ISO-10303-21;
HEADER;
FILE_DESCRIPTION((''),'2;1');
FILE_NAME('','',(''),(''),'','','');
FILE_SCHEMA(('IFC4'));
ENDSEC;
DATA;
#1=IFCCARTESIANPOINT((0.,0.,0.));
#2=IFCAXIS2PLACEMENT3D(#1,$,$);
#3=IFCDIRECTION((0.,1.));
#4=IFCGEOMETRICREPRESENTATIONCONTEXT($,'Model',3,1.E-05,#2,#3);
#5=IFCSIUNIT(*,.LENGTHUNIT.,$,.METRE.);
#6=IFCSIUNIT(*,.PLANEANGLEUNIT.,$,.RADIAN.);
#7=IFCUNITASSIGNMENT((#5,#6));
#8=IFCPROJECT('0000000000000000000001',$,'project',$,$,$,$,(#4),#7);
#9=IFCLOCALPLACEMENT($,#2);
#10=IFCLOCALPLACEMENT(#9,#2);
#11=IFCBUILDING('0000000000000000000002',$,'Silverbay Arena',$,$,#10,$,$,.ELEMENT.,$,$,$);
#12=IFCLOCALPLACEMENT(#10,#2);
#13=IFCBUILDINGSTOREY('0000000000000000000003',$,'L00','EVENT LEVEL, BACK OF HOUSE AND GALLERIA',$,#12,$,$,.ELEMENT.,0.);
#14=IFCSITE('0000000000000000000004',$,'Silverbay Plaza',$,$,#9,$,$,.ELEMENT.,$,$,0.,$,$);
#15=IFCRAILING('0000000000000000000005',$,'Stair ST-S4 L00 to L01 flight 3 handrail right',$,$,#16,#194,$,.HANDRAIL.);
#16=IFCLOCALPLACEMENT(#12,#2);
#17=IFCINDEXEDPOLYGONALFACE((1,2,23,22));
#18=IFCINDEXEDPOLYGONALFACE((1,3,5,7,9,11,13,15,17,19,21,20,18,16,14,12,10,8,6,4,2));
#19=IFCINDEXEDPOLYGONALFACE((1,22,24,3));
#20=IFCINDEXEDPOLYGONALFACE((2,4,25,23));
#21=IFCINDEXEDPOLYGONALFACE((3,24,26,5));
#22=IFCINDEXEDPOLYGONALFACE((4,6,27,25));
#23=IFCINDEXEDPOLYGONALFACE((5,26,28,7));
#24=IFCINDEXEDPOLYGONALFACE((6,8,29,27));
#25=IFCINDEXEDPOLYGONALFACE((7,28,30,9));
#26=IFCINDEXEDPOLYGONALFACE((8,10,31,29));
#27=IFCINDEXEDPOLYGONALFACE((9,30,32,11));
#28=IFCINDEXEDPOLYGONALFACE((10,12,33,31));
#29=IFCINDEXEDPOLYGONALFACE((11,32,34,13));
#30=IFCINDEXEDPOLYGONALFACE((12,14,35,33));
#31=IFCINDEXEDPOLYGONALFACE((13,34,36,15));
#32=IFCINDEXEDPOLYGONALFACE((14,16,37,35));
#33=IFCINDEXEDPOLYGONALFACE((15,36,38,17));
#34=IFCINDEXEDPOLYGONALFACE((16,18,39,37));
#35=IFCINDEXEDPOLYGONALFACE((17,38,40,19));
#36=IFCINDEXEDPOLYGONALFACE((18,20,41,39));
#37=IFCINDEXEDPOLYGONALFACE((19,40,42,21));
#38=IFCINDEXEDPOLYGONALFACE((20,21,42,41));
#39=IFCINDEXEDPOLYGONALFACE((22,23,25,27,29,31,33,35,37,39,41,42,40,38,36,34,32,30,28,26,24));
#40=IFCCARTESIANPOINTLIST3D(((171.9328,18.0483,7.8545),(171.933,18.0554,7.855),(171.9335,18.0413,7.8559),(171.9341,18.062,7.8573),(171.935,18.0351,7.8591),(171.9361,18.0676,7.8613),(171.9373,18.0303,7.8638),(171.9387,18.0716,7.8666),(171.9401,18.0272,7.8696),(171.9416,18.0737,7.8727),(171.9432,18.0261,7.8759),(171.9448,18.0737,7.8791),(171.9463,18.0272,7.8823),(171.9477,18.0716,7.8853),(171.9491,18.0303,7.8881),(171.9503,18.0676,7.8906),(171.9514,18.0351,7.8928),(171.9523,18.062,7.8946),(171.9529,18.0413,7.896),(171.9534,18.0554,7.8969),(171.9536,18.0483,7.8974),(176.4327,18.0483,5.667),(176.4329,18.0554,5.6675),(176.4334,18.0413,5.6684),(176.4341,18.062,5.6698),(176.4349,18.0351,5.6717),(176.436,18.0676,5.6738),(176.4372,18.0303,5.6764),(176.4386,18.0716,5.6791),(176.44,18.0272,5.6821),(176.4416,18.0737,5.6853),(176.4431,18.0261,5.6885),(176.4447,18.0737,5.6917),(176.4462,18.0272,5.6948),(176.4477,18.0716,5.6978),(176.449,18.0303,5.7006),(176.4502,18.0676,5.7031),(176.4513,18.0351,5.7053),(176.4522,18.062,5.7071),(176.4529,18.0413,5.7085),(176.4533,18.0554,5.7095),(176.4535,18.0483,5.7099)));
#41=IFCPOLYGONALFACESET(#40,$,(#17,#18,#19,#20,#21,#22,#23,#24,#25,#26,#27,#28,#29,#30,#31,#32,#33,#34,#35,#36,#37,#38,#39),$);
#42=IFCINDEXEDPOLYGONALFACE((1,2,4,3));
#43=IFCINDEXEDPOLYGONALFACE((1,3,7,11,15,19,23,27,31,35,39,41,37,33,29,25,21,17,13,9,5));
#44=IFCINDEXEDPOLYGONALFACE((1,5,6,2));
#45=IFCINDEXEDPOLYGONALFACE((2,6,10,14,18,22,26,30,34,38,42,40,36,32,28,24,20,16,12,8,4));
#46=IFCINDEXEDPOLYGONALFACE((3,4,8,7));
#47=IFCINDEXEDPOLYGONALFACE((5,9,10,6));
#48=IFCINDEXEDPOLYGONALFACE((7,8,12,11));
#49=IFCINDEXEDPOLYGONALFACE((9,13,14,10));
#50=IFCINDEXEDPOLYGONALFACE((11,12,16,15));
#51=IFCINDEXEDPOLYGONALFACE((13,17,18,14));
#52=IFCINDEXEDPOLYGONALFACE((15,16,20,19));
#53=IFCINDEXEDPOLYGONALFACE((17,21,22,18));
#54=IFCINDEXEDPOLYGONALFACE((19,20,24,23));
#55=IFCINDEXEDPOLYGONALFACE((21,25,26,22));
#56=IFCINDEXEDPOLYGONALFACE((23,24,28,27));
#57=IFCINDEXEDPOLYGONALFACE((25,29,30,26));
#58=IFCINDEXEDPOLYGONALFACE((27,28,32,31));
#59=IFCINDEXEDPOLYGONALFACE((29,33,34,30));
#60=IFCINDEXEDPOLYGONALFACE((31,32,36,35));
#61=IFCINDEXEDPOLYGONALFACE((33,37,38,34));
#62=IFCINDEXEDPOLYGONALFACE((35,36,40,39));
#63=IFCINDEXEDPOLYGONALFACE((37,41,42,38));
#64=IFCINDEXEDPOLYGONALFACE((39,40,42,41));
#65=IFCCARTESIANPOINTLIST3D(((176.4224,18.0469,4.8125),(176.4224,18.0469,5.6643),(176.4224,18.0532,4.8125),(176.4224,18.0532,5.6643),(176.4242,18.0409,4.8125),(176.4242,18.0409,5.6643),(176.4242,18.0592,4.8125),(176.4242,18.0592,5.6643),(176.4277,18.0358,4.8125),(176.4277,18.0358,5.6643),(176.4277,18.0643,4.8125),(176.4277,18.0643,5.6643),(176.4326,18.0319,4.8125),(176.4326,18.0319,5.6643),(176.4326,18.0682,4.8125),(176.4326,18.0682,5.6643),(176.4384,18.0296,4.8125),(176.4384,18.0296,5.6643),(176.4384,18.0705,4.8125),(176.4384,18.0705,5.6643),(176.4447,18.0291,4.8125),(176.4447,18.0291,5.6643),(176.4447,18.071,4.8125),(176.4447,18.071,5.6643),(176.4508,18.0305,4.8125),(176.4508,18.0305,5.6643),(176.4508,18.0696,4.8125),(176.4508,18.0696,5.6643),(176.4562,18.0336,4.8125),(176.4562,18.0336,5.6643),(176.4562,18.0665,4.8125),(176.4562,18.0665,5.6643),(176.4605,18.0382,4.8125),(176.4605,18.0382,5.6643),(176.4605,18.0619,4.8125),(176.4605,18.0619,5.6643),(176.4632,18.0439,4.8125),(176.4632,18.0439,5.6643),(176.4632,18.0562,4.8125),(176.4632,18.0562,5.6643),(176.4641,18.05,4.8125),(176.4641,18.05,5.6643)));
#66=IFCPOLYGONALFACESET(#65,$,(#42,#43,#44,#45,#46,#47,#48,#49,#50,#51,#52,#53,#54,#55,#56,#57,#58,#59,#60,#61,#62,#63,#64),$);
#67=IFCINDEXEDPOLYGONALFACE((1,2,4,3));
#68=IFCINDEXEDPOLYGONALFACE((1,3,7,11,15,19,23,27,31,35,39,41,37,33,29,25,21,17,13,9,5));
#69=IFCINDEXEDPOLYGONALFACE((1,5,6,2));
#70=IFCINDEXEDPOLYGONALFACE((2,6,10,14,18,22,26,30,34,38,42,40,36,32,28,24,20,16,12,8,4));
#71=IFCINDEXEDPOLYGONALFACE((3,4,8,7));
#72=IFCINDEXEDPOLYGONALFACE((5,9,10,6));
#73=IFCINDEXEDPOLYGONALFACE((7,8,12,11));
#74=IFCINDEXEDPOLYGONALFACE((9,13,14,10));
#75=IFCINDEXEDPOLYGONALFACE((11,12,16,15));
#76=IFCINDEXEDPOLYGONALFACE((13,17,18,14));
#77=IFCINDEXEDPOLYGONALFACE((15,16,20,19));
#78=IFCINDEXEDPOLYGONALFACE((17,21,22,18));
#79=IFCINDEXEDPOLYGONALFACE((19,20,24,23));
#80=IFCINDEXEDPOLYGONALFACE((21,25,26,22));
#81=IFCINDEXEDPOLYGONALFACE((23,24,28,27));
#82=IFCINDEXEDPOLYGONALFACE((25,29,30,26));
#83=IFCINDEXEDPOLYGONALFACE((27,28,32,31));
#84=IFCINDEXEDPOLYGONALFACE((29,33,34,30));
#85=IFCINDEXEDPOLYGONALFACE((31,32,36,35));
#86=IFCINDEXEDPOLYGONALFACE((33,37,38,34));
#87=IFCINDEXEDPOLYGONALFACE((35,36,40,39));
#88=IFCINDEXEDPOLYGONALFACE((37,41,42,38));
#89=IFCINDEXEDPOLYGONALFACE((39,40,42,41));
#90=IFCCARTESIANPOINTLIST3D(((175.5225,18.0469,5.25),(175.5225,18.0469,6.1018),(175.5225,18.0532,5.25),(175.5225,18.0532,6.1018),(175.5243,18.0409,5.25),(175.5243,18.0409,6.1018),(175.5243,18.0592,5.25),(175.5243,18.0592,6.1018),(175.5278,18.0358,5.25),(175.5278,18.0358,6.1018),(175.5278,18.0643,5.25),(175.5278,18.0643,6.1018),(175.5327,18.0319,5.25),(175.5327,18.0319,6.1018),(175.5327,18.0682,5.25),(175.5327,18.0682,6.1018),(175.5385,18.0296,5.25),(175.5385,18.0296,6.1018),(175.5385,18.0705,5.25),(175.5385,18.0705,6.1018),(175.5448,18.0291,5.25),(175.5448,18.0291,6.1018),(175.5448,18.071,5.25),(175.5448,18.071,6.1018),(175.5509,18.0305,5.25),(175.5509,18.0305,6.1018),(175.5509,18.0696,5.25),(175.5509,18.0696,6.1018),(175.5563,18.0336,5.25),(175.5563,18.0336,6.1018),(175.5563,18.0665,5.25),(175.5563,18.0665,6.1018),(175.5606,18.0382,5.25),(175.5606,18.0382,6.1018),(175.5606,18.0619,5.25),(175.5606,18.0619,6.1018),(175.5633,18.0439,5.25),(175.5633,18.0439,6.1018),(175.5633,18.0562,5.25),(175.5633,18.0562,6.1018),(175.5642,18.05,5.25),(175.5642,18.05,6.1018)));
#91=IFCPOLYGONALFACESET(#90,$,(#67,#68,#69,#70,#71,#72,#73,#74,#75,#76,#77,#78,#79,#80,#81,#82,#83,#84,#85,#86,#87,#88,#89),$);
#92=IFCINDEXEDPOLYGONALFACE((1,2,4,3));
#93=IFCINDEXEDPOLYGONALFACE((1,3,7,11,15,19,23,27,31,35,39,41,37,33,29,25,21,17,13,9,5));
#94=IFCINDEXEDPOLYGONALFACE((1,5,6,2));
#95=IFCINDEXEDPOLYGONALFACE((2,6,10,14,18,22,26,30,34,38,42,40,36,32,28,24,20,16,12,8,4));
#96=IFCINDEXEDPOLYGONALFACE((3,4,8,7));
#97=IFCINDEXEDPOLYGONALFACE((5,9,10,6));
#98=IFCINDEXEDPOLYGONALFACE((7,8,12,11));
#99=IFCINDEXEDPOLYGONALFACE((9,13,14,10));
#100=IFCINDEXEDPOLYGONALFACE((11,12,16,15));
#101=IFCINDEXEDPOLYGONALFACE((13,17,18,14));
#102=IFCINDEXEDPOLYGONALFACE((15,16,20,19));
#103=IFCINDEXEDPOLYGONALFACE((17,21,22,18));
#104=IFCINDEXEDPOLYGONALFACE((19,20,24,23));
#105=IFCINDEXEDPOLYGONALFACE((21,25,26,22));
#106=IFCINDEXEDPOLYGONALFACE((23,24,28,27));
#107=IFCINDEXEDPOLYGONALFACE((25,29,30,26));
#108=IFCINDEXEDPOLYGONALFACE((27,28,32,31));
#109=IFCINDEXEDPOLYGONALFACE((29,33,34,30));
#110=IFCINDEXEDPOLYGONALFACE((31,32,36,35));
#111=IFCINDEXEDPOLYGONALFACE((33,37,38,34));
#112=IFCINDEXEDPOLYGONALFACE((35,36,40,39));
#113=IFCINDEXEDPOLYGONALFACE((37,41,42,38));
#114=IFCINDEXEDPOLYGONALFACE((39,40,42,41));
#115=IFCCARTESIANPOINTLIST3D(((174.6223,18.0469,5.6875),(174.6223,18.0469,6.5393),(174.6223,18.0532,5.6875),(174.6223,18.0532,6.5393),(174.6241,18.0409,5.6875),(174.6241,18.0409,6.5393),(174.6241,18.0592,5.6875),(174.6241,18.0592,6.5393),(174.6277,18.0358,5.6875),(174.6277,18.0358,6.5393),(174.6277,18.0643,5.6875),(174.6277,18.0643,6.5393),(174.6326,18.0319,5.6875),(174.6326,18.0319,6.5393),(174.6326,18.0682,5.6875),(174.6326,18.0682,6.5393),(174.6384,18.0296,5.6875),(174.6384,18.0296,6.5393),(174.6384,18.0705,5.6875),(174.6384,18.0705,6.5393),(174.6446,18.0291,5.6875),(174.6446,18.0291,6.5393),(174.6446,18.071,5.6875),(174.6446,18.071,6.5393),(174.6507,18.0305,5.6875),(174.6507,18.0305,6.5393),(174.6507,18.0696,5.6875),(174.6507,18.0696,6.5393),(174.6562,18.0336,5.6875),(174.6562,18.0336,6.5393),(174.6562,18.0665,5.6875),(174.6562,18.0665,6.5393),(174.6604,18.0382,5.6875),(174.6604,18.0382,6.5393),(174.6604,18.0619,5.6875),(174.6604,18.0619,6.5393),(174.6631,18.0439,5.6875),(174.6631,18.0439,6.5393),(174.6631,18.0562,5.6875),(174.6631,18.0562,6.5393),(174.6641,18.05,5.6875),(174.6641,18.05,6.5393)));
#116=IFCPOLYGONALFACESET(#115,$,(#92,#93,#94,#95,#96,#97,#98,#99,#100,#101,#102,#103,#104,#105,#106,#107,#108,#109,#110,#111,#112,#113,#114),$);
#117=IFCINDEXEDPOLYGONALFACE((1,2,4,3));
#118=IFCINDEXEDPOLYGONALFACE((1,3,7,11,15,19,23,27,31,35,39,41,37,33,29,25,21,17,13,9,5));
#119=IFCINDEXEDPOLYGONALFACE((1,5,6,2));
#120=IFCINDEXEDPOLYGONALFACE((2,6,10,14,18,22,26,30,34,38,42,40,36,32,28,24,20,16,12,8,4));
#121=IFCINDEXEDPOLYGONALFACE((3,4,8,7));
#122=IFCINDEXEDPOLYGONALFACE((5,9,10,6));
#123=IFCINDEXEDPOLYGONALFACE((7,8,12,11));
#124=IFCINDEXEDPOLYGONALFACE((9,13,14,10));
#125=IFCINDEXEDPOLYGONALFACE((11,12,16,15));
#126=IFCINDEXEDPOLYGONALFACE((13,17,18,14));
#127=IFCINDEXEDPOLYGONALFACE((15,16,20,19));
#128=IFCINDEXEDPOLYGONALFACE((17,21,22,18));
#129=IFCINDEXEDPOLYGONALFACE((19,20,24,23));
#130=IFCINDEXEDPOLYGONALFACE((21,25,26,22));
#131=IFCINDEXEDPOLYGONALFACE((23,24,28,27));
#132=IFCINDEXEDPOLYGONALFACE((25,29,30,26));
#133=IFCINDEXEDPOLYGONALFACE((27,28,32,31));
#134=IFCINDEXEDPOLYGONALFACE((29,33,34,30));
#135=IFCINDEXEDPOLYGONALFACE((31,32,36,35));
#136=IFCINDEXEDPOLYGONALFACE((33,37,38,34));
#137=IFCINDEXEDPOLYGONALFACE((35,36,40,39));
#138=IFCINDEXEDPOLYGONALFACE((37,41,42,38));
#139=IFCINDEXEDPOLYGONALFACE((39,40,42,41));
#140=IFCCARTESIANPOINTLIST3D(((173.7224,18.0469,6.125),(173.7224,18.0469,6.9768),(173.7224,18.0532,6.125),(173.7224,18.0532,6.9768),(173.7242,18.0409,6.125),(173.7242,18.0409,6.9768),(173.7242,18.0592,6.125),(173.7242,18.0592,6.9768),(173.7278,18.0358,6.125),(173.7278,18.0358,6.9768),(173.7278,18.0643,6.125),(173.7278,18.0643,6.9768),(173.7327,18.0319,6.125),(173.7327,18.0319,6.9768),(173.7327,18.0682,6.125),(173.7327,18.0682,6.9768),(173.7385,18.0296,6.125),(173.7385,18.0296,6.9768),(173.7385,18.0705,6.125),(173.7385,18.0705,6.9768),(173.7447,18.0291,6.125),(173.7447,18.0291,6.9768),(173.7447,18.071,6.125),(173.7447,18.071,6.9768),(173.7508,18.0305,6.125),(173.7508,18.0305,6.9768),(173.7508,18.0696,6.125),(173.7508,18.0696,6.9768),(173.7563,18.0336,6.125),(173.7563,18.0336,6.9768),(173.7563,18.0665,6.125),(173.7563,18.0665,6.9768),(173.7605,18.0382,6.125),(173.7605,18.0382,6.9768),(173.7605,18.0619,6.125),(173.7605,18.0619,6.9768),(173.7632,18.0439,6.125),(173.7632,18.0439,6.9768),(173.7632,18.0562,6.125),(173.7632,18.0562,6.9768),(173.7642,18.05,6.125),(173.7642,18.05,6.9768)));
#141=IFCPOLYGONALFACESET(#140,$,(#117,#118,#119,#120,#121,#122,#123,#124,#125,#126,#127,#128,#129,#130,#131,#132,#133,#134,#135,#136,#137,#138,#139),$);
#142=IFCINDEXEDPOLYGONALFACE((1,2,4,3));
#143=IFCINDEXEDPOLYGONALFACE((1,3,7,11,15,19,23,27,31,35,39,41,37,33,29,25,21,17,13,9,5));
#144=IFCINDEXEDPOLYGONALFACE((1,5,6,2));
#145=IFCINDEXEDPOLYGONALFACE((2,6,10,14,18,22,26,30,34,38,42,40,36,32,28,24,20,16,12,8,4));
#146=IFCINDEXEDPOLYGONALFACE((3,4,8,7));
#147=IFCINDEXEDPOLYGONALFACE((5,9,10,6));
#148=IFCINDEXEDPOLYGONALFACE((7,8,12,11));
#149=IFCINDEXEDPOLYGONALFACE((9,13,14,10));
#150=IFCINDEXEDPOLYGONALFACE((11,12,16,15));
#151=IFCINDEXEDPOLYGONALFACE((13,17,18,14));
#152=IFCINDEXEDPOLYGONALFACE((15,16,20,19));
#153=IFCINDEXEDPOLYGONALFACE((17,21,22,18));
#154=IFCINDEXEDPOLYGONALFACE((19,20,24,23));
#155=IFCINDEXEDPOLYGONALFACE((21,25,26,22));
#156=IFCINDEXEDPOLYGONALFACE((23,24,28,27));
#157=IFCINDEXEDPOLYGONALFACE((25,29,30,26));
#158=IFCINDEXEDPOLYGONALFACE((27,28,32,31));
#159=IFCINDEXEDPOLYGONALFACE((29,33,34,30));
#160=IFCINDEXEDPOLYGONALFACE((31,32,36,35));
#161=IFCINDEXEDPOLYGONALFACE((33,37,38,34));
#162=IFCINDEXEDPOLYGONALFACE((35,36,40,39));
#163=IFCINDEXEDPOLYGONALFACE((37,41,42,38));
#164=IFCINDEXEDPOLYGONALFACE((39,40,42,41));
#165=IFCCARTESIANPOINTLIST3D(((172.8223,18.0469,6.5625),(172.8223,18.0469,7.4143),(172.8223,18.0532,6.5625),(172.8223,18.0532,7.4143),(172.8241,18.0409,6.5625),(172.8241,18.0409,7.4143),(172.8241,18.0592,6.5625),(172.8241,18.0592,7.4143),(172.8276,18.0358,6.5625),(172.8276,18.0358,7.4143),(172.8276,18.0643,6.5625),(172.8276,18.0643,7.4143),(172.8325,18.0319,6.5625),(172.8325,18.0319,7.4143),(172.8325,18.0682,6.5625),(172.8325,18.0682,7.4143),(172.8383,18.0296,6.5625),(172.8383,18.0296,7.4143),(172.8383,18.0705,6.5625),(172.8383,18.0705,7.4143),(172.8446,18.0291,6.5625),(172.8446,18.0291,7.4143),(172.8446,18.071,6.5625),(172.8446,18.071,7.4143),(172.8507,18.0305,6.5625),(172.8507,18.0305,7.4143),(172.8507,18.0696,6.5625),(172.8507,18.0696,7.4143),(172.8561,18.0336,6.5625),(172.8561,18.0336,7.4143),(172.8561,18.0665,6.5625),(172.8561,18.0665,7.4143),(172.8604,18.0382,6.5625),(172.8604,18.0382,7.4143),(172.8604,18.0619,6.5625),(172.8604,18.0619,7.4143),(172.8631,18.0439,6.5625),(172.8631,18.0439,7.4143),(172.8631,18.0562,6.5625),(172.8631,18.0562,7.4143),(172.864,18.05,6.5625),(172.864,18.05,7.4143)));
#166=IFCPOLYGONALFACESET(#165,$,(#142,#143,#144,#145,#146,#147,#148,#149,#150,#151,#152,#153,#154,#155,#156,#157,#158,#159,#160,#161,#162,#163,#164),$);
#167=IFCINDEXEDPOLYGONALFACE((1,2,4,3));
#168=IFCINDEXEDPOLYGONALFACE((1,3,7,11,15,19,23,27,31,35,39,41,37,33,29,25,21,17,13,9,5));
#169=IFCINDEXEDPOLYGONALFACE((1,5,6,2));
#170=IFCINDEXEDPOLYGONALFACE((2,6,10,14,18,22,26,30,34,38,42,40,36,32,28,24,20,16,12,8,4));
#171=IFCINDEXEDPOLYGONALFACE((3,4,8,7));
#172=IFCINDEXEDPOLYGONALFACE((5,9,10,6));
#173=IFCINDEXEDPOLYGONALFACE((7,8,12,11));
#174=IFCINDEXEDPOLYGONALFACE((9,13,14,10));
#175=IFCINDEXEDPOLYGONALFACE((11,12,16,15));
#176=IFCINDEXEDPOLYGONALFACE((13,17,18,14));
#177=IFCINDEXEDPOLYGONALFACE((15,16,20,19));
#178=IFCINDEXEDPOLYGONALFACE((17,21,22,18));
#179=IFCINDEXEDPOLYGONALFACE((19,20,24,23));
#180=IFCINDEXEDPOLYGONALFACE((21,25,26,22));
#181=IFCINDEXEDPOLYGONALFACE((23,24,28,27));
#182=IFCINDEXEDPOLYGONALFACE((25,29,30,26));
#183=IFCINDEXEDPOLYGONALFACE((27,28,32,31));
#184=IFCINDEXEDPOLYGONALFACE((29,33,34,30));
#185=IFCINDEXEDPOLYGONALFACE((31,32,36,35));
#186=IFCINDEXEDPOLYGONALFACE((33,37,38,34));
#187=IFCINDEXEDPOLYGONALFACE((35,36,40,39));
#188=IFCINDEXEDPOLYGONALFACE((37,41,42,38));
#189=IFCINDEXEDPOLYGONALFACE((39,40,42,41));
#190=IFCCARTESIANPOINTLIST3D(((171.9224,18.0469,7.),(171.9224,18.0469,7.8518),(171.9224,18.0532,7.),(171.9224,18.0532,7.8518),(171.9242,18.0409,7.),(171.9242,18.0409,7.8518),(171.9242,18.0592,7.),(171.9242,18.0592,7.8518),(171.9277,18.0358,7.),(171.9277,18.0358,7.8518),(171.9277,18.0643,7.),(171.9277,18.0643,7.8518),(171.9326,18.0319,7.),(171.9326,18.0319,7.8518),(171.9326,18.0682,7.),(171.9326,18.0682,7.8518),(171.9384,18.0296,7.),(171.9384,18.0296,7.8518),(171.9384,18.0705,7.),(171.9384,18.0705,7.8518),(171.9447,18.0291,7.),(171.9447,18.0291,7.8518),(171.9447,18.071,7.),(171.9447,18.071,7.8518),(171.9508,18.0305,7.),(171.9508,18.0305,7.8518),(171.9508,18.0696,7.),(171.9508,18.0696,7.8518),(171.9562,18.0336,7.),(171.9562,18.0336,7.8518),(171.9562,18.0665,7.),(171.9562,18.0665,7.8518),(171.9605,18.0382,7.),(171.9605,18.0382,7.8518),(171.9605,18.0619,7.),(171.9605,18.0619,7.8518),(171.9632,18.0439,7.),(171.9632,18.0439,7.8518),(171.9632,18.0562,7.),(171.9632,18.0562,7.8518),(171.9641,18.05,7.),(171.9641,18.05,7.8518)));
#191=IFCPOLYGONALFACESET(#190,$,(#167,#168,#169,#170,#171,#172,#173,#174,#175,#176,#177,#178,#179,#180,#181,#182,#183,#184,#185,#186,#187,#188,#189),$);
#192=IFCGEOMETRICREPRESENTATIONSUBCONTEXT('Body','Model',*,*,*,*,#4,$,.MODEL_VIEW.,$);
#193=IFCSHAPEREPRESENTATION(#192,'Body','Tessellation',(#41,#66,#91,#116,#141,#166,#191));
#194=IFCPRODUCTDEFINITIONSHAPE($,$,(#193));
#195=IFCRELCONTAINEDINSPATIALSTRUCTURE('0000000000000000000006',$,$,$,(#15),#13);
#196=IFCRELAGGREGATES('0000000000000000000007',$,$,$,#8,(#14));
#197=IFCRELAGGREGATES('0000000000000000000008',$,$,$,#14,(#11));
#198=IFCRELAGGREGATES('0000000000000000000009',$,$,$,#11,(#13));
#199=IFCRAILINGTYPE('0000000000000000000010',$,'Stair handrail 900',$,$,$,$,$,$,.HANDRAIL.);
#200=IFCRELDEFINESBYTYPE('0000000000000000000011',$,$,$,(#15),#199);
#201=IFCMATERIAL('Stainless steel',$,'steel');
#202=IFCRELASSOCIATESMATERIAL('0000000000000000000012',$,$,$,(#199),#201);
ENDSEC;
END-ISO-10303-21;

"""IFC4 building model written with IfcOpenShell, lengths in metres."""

from ifc_helpers import new_model, si_unit, direction, frame, origin, origin_2d, place, context, subcontext, project, spatial, circle, extrude, material, type_object, element, save


model = new_model("IFC4")

# Units and contexts
model_context = context("Model", 3, precision=1e-05, world=origin(), true_north=direction((0.0, 1.0)))
body_context = subcontext(model_context, "Body", "Model", "MODEL_VIEW")
ifc_project = project(units=[si_unit("LENGTHUNIT", "METRE"), si_unit("PLANEANGLEUNIT", "RADIAN")], contexts=[model_context])

# Site, building, storey
site_placement = place(None, origin())
site = spatial("IfcSite", under=ifc_project, at=site_placement, Name="Silverbay Plaza", CompositionType="ELEMENT", RefElevation=0.0)
building_placement = place(site_placement, origin())
building = spatial("IfcBuilding", under=site, at=building_placement, Name="Silverbay Arena", CompositionType="ELEMENT")
storey_placement = place(building_placement, origin())
storey = spatial("IfcBuildingStorey", under=building, at=storey_placement, Name="L00", Description="EVENT LEVEL, BACK OF HOUSE AND GALLERIA", CompositionType="ELEMENT", Elevation=0.0)

# Railing
ifc_material_1 = material(Name="Stainless steel", Category="steel")
railing_type_1 = type_object("IfcRailingType", Name="Stair handrail 900", PredefinedType="HANDRAIL", material=ifc_material_1)
for number, where, name in (
    (1, (176.4431, 18.05, 4.8125), "Stair ST-S4 L00 to L01 flight 3 handrail right"),
):
    element("IfcRailing", number, at=place(storey_placement, frame(where)), inside=storey, type_object=railing_type_1, Name=name, PredefinedType="HANDRAIL", context=body_context, shape_type="SweptSolid", body=[
        extrude(circle(Radius=0.0239, at=origin_2d()), frame((0.0, 0.0, 0.876), z_axis=(-0.899368, 0.0, 0.437193), x_axis=(0.0, -1.0, 0.0)), (0.0, 0.0, 1.0), 5.0034),
        extrude(circle(Radius=0.021, at=origin_2d()), origin(), (0.0, 0.0, 1.0), 0.8518),
        extrude(circle(Radius=0.021, at=origin_2d()), frame((-0.8999, 0.0, 0.4375)), (0.0, 0.0, 1.0), 0.8518),
        extrude(circle(Radius=0.021, at=origin_2d()), frame((-1.8, 0.0, 0.875)), (0.0, 0.0, 1.0), 0.8518),
        extrude(circle(Radius=0.021, at=origin_2d()), frame((-2.7, 0.0, 1.3125)), (0.0, 0.0, 1.0), 0.8518),
        extrude(circle(Radius=0.021, at=origin_2d()), frame((-3.6001, 0.0, 1.75)), (0.0, 0.0, 1.0), 0.8518),
        extrude(circle(Radius=0.021, at=origin_2d()), frame((-4.5, 0.0, 2.1875)), (0.0, 0.0, 1.0), 0.8518),
    ])

save(model, "model.ifc")
